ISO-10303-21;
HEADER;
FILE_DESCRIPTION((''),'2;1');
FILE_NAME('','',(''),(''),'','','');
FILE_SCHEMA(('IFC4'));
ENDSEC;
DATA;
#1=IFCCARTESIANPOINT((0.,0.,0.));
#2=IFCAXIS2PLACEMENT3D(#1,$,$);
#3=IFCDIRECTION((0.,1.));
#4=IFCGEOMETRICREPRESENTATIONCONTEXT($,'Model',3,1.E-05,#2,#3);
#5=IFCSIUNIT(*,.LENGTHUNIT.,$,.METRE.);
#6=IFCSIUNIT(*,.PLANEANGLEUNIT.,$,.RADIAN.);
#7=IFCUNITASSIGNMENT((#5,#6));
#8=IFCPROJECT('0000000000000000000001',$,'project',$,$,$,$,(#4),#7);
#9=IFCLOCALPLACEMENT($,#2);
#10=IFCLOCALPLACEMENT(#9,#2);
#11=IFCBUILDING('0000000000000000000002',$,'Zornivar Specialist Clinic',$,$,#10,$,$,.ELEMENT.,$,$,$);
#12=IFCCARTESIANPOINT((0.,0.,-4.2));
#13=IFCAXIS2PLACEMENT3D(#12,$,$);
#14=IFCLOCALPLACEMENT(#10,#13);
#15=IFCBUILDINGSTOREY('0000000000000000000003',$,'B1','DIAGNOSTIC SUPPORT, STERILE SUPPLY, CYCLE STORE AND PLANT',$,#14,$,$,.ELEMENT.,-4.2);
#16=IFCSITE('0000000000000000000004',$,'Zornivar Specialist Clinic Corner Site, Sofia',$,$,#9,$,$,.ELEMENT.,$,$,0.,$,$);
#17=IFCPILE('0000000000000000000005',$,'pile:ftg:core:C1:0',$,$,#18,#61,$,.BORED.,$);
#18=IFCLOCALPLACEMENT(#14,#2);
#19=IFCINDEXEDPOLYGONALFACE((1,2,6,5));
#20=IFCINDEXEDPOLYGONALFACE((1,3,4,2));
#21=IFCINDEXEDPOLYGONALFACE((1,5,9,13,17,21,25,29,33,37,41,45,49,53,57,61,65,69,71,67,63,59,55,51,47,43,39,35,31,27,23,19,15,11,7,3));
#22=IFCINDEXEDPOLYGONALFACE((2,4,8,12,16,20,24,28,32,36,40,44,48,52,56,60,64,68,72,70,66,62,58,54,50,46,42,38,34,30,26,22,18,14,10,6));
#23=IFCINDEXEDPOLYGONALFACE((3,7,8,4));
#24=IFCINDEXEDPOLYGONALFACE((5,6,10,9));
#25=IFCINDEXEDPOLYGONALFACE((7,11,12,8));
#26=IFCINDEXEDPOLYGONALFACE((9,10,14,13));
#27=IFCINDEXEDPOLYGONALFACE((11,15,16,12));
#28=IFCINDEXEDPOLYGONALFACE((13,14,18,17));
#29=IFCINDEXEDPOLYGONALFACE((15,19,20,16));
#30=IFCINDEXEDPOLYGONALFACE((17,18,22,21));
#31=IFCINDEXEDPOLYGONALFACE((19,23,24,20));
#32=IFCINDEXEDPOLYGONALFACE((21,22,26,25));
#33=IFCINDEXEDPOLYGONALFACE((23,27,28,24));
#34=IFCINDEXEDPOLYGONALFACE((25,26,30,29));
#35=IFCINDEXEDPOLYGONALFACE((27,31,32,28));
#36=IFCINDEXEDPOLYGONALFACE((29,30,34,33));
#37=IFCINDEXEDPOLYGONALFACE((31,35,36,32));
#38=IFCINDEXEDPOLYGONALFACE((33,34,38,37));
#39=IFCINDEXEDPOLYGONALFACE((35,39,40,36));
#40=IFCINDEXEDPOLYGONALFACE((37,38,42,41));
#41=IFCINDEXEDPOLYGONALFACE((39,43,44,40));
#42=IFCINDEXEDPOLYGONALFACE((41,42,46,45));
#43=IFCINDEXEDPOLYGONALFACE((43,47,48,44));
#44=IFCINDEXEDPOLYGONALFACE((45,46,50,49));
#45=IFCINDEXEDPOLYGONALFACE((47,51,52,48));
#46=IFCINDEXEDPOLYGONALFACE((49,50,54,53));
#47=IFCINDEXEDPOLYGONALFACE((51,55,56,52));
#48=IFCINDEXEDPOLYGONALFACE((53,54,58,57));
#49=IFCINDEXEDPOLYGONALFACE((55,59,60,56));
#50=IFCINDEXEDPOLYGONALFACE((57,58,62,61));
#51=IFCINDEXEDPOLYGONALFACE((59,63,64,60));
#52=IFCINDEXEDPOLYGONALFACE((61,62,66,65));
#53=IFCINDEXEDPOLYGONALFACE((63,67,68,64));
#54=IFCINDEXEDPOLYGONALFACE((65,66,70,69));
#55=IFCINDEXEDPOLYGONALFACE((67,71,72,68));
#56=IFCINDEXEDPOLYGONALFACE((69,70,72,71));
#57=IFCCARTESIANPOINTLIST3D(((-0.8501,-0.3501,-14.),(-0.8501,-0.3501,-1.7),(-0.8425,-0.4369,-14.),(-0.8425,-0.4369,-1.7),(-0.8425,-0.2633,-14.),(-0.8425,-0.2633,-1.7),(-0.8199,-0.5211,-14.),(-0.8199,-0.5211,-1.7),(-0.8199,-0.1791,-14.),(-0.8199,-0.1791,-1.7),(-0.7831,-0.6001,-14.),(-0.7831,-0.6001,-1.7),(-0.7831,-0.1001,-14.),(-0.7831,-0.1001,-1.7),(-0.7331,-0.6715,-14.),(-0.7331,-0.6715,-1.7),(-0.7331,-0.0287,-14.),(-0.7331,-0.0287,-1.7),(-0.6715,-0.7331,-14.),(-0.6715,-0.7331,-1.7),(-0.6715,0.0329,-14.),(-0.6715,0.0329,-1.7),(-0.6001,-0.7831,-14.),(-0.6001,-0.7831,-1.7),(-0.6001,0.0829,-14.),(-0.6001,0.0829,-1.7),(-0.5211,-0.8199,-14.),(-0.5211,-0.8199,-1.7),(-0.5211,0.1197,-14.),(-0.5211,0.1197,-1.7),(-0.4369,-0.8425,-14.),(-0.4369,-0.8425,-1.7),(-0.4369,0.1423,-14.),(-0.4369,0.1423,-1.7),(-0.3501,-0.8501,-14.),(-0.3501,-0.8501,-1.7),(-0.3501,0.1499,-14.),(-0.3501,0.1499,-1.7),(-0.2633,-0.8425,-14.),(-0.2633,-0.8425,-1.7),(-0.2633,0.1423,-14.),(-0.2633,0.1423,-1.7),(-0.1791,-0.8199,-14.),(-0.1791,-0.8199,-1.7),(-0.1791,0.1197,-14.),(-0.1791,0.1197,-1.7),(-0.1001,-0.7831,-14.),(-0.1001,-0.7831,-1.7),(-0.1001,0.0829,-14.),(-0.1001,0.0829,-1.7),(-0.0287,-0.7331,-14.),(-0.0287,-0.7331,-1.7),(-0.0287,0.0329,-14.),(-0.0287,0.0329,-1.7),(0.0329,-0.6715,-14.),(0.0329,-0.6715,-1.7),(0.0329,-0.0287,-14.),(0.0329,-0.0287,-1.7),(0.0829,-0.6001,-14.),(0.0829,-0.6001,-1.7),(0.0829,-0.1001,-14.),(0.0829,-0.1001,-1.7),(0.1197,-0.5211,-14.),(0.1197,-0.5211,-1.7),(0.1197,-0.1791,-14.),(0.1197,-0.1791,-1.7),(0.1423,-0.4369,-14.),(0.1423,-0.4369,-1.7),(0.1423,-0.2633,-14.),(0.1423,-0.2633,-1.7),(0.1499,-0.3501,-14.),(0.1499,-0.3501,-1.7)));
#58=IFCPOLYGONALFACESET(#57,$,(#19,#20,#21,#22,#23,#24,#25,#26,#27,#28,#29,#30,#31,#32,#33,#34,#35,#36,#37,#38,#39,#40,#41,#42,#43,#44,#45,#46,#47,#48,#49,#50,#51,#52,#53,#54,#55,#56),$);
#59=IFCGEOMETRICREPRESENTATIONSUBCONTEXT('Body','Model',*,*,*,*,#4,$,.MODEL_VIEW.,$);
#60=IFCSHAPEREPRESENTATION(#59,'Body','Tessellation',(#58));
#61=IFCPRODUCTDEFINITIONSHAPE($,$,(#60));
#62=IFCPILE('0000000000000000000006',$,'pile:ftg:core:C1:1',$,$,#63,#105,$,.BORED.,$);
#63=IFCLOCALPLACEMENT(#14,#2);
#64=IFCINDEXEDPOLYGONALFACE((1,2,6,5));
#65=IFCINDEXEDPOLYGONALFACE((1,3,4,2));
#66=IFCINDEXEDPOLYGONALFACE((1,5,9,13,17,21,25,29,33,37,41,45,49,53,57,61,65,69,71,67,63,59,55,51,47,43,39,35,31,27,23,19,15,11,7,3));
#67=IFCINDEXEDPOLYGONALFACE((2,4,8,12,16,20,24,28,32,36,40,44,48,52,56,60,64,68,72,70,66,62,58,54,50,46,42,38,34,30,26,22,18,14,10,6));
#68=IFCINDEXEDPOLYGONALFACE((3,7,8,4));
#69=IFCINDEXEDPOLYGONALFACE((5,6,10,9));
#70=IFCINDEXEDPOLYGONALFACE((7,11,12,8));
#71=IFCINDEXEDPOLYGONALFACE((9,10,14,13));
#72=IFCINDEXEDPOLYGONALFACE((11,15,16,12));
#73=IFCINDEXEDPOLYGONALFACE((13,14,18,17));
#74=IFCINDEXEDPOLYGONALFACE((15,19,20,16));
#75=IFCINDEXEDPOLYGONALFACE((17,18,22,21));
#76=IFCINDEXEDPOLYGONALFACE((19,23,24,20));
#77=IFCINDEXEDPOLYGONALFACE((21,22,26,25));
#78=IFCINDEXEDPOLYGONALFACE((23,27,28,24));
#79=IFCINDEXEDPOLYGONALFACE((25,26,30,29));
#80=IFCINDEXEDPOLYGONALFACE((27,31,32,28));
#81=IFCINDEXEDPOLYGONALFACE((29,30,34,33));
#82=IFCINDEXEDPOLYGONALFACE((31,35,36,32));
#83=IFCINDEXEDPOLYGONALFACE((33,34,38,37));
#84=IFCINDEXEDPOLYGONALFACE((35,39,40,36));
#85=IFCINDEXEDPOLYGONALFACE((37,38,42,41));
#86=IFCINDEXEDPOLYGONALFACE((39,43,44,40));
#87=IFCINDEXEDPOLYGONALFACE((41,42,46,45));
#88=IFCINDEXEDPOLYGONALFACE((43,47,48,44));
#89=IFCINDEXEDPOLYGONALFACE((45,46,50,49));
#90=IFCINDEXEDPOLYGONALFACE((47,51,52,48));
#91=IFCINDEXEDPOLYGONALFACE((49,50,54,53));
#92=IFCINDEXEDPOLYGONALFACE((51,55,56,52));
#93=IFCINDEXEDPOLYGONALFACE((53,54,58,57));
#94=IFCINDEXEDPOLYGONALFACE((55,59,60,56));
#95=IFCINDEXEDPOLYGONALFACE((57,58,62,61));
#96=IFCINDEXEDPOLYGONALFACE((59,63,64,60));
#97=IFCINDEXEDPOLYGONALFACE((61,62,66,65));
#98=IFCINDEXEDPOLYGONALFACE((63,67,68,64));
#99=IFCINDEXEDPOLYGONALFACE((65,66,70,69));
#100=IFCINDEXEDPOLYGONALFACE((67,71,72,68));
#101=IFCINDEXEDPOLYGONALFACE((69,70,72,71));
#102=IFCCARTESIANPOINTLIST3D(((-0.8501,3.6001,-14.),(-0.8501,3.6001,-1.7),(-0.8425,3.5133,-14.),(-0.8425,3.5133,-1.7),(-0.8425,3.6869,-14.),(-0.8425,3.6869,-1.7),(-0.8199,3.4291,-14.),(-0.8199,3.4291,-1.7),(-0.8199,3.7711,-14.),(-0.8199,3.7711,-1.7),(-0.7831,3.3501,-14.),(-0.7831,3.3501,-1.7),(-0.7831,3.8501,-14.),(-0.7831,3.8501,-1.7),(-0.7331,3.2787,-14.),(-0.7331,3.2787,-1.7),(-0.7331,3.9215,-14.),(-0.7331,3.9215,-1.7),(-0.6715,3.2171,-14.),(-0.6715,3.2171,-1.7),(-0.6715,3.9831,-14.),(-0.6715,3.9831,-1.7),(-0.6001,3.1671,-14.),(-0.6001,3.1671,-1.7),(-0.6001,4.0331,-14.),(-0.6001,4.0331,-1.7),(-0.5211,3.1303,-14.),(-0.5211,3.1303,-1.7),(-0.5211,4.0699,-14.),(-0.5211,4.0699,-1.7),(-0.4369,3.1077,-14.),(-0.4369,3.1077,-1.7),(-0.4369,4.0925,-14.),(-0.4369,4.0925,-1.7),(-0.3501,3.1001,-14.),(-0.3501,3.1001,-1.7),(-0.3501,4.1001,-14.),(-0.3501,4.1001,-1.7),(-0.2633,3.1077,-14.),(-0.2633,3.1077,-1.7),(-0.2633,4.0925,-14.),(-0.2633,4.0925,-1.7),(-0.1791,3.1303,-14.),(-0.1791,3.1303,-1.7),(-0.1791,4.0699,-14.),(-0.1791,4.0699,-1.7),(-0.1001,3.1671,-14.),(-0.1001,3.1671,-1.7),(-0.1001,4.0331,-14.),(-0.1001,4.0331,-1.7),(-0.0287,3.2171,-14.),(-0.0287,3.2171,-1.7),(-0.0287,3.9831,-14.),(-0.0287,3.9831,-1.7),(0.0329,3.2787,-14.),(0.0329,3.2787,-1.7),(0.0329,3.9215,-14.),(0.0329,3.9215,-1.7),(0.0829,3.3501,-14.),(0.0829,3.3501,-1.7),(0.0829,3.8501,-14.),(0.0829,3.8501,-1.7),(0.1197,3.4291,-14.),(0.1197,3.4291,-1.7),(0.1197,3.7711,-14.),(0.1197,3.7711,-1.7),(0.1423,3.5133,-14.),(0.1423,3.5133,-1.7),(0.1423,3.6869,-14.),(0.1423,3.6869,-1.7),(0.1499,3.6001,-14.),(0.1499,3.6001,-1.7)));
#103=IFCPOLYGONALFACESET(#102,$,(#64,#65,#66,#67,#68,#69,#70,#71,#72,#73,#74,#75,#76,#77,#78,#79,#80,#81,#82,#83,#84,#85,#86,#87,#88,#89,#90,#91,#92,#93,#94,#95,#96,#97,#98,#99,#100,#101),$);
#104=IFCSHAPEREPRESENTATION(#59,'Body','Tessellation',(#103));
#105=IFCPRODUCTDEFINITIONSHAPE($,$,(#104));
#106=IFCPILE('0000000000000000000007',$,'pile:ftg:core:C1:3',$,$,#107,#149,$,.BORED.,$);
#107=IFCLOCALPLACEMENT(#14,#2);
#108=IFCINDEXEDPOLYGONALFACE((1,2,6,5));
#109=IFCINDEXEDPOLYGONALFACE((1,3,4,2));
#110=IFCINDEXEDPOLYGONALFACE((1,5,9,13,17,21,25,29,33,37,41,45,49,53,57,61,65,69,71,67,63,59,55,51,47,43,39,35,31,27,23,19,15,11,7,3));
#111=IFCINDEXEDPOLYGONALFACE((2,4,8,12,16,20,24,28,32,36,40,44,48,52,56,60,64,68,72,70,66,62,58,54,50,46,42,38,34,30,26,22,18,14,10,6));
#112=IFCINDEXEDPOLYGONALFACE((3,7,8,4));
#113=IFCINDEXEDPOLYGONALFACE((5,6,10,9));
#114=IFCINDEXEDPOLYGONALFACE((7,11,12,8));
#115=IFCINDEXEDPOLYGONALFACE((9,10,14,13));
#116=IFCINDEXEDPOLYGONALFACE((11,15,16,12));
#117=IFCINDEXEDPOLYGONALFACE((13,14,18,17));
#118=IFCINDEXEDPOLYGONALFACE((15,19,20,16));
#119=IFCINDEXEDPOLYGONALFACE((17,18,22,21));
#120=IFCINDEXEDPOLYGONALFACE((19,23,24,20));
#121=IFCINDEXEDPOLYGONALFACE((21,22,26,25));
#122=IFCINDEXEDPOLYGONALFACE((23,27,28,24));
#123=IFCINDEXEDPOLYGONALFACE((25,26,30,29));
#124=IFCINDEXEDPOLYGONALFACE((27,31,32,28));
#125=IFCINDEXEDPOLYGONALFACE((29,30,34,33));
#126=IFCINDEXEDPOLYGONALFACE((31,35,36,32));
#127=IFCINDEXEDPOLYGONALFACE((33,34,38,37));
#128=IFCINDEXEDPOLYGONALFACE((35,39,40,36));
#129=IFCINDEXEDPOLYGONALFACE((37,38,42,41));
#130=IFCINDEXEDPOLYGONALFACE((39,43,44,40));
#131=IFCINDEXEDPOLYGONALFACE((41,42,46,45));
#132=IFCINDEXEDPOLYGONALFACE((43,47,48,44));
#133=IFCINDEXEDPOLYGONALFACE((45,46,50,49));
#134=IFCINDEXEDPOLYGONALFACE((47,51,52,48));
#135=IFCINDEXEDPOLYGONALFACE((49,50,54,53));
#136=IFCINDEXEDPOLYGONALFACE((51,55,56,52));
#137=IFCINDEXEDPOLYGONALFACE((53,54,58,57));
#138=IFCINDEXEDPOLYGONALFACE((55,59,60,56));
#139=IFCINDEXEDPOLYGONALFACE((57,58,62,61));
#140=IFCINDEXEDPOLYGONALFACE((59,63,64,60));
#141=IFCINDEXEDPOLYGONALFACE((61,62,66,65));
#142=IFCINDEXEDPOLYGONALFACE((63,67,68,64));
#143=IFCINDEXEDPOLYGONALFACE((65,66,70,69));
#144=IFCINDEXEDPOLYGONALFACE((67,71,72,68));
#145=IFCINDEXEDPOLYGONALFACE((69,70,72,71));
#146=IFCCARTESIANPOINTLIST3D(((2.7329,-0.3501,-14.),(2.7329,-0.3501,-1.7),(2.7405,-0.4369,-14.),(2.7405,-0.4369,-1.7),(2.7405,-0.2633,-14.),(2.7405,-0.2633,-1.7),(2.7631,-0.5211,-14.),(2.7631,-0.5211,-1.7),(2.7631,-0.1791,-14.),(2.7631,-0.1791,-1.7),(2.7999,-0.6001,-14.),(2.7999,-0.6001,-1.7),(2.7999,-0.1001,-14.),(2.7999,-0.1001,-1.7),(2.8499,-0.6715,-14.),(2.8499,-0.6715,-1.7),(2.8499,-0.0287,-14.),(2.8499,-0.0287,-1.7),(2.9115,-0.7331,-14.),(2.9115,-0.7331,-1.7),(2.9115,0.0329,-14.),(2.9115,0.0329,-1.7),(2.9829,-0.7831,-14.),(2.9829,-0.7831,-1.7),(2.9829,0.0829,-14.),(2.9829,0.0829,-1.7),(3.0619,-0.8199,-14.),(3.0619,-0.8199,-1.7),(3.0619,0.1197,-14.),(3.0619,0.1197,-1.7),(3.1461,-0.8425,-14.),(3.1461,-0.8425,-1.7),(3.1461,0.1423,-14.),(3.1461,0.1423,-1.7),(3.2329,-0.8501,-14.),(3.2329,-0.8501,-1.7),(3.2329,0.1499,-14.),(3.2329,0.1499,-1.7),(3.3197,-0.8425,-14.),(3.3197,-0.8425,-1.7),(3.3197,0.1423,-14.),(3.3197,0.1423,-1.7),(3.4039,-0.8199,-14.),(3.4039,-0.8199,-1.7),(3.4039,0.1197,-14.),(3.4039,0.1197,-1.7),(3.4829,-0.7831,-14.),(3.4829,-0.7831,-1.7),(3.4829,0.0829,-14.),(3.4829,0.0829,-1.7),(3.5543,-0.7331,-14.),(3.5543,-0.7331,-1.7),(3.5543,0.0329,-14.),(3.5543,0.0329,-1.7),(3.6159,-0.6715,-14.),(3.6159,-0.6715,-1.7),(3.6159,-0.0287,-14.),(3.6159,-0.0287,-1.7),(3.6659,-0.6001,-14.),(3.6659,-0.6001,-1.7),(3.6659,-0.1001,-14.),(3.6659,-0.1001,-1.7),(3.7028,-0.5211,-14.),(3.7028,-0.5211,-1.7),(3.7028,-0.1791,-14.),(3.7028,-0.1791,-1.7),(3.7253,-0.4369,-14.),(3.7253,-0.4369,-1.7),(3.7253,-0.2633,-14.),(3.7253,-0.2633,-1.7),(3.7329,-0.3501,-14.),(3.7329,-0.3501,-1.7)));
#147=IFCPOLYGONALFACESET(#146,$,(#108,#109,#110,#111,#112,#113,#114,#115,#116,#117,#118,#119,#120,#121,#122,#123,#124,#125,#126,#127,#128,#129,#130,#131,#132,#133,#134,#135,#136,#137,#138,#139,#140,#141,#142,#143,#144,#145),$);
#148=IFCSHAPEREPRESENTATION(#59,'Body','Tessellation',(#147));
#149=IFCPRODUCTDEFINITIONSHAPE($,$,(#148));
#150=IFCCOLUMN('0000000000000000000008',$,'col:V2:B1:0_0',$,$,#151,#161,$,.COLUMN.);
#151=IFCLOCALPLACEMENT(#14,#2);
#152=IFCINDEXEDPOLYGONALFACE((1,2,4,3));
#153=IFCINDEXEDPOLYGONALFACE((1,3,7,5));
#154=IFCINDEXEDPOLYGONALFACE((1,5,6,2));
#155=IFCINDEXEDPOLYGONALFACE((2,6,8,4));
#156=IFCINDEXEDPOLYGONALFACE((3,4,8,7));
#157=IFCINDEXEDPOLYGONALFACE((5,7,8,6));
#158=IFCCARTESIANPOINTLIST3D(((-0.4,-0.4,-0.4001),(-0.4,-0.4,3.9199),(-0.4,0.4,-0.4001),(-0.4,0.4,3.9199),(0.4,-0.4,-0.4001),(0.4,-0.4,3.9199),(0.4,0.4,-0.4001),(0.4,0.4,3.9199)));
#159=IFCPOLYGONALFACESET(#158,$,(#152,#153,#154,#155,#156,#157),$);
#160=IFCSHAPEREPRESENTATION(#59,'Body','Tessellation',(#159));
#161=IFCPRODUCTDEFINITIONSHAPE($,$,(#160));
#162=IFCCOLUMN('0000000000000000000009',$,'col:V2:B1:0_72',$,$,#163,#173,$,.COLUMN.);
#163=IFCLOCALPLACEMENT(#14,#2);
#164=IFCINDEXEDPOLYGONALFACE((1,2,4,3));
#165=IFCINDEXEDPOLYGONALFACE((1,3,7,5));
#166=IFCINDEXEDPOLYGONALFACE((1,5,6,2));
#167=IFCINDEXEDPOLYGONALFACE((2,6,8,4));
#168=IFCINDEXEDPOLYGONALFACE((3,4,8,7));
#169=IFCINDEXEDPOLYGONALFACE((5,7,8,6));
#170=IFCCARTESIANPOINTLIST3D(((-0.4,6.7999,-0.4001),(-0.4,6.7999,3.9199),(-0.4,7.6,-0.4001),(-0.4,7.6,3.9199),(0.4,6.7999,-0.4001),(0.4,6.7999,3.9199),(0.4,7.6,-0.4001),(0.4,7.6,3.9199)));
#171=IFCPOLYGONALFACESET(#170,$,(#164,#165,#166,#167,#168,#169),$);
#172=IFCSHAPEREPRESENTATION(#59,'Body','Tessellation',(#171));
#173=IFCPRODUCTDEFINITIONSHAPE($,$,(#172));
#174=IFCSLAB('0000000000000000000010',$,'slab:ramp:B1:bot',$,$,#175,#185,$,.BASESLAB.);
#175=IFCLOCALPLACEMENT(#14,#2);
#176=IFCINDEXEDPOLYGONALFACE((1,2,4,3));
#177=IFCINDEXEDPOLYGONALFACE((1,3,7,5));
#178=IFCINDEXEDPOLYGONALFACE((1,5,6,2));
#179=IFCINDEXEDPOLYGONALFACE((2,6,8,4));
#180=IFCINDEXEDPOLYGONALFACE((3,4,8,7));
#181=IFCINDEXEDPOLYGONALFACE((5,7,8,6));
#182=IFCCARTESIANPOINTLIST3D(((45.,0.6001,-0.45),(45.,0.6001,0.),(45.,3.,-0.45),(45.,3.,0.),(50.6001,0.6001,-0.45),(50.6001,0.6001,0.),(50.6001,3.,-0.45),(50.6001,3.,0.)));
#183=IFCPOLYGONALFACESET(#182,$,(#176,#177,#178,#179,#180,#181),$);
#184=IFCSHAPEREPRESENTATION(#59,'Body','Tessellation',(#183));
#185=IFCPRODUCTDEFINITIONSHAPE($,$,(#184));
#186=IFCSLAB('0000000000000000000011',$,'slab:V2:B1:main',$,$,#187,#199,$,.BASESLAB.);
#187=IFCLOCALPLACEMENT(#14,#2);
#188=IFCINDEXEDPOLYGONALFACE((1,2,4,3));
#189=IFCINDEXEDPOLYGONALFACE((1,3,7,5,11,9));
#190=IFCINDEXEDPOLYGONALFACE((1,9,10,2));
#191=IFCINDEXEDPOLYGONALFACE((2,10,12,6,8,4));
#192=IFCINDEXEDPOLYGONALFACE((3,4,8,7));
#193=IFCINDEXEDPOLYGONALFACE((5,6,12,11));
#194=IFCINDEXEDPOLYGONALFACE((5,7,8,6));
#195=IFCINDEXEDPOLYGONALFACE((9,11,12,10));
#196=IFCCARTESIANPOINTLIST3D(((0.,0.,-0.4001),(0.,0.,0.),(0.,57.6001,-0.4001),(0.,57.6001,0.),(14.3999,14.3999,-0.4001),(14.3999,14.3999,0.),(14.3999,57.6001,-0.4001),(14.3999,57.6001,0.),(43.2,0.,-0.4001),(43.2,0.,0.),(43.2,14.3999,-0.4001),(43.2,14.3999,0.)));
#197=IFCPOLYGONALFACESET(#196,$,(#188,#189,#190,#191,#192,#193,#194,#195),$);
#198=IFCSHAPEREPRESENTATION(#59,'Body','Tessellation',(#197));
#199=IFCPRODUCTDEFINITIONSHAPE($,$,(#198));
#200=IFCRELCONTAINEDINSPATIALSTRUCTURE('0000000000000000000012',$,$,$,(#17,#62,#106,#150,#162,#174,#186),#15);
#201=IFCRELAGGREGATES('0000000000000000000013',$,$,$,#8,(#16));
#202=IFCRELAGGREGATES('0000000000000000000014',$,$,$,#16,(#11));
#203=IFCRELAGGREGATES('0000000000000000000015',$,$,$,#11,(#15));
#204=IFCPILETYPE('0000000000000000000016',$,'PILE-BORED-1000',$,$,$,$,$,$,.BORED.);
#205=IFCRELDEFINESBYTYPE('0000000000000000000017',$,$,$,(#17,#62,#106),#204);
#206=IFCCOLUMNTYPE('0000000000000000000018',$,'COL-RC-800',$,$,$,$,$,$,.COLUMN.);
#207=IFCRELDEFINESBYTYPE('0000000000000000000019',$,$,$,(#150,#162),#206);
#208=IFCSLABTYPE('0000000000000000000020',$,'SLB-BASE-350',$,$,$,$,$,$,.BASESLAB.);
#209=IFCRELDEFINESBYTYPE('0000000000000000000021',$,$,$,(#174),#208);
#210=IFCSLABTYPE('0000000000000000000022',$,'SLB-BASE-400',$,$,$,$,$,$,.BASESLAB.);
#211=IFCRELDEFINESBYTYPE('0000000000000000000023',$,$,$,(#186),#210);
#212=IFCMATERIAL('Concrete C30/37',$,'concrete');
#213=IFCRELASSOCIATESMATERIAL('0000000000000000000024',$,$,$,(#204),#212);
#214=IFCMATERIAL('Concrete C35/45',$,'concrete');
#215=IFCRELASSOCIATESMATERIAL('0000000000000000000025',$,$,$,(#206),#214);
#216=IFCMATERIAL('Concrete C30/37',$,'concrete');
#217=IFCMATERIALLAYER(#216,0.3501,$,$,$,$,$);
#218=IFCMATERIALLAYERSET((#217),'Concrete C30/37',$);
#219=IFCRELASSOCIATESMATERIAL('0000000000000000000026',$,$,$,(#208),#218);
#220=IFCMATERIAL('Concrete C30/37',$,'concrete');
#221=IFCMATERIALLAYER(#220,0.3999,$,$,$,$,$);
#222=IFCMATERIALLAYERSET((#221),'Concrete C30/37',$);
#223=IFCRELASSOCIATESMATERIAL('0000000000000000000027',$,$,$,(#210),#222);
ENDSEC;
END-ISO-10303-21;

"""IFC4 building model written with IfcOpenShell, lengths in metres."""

from ifc_helpers import new_model, si_unit, direction, frame, origin, origin_2d, place, context, subcontext, project, spatial, polyline, rectangle, circle, outline, extrude, material, layer, layer_set, material_profile, profile_set, type_object, element, save


model = new_model("IFC4")

# Units and contexts
model_context = context("Model", 3, precision=1e-05, world=origin(), true_north=direction((0.0, 1.0)))
body_context = subcontext(model_context, "Body", "Model", "MODEL_VIEW")
ifc_project = project(units=[si_unit("LENGTHUNIT", "METRE"), si_unit("PLANEANGLEUNIT", "RADIAN")], contexts=[model_context])

# Site, building, storey
site_placement = place(None, origin())
site = spatial("IfcSite", under=ifc_project, at=site_placement, Name="Zornivar Specialist Clinic Corner Site, Sofia", CompositionType="ELEMENT", RefElevation=0.0)
building_placement = place(site_placement, origin())
building = spatial("IfcBuilding", under=site, at=building_placement, Name="Zornivar Specialist Clinic", CompositionType="ELEMENT")
storey_placement = place(building_placement, frame((0.0, 0.0, -4.2)))
storey = spatial("IfcBuildingStorey", under=building, at=storey_placement, Name="B1", Description="DIAGNOSTIC SUPPORT, STERILE SUPPLY, CYCLE STORE AND PLANT", CompositionType="ELEMENT", Elevation=-4.2)

# Piles
ifc_material_1 = material(Name="Concrete C30/37", Category="concrete")
ifc_material_profile_1 = material_profile(ifc_material_1, circle(Radius=0.5, at=origin_2d()), Name="PILE D1000")
ifc_profile_set_1 = profile_set([ifc_material_profile_1], Name="Concrete C30/37")
pile_type = type_object("IfcPileType", Name="PILE-BORED-1000", PredefinedType="BORED", material=ifc_profile_set_1)
for number, where, z_axis, x_axis, name in (
    (1, (-0.3501, -0.3501, -1.7), (0.0, 0.0, -1.0), (1.0, 0.0, 0.0), "pile:ftg:core:C1:0"),
    (2, (-0.3501, 3.6001, -1.7), (0.0, 0.0, -1.0), (1.0, 0.0, 0.0), "pile:ftg:core:C1:1"),
    (3, (3.2329, -0.3501, -1.7), (0.0, 0.0, -1.0), (1.0, 0.0, 0.0), "pile:ftg:core:C1:3"),
):
    element("IfcPile", number, at=place(storey_placement, frame(where, z_axis=z_axis, x_axis=x_axis)), inside=storey, type_object=pile_type, Name=name, PredefinedType="BORED", context=body_context, shape_type="SweptSolid", body=[
        extrude(circle(Radius=0.5, at=origin_2d()), origin(), (0.0, 0.0, 1.0), 12.3),
    ])

# Columns
ifc_material_2 = material(Name="Concrete C35/45", Category="concrete")
ifc_material_profile_2 = material_profile(ifc_material_2, rectangle(XDim=0.8, YDim=0.8, at=origin_2d()), Name="RC 800x800")
ifc_profile_set_2 = profile_set([ifc_material_profile_2], Name="Concrete C35/45")
column_type = type_object("IfcColumnType", Name="COL-RC-800", PredefinedType="COLUMN", material=ifc_profile_set_2)
for number, where, z_axis, x_axis, name in (
    (4, (0.0, 0.0, -0.4001), (0.0, 0.0, 1.0), (1.0, 0.0, 0.0), "col:V2:B1:0_0"),
    (5, (0.0, 7.2, -0.4001), (0.0, 0.0, 1.0), (1.0, 0.0, 0.0), "col:V2:B1:0_72"),
):
    element("IfcColumn", number, at=place(storey_placement, frame(where, z_axis=z_axis, x_axis=x_axis)), inside=storey, type_object=column_type, Name=name, PredefinedType="COLUMN", context=body_context, shape_type="SweptSolid", body=[
        extrude(rectangle(XDim=0.8, YDim=0.8, at=origin_2d()), origin(), (0.0, 0.0, 1.0), 4.3201),
    ])

# Slabs
ifc_material_3 = material(Name="Concrete C30/37", Category="concrete")
ifc_layer_1 = layer(ifc_material_3, 0.3501)
ifc_layer_set_1 = layer_set([ifc_layer_1], Name="Concrete C30/37")
slab_type_1 = type_object("IfcSlabType", Name="SLB-BASE-350", PredefinedType="BASESLAB", material=ifc_layer_set_1)
slab_1_placement = place(storey_placement, frame((0.0, 0.0, -0.45)))
element("IfcSlab", 6, at=slab_1_placement, inside=storey, type_object=slab_type_1, Name="slab:ramp:B1:bot", PredefinedType="BASESLAB", context=body_context, shape_type="SweptSolid", body=[
    extrude(outline(polyline([(45.0, 0.6001), (50.6001, 0.6001), (50.6001, 3.0), (45.0, 3.0), (45.0, 0.6001)])), origin(), (0.0, 0.0, 1.0), 0.45),
])
ifc_material_4 = material(Name="Concrete C30/37", Category="concrete")
ifc_layer_2 = layer(ifc_material_4, 0.3999)
ifc_layer_set_2 = layer_set([ifc_layer_2], Name="Concrete C30/37")
slab_type_2 = type_object("IfcSlabType", Name="SLB-BASE-400", PredefinedType="BASESLAB", material=ifc_layer_set_2)
slab_2_placement = place(storey_placement, frame((0.0, 0.0, -0.4001)))
element("IfcSlab", 7, at=slab_2_placement, inside=storey, type_object=slab_type_2, Name="slab:V2:B1:main", PredefinedType="BASESLAB", context=body_context, shape_type="SweptSolid", body=[
    extrude(outline(polyline([(0.0, 0.0), (43.2, 0.0), (43.2, 14.3999), (14.3999, 14.3999), (14.3999, 57.6001), (0.0, 57.6001), (0.0, 0.0)])), origin(), (0.0, 0.0, 1.0), 0.4001),
])

save(model, "model.ifc")
